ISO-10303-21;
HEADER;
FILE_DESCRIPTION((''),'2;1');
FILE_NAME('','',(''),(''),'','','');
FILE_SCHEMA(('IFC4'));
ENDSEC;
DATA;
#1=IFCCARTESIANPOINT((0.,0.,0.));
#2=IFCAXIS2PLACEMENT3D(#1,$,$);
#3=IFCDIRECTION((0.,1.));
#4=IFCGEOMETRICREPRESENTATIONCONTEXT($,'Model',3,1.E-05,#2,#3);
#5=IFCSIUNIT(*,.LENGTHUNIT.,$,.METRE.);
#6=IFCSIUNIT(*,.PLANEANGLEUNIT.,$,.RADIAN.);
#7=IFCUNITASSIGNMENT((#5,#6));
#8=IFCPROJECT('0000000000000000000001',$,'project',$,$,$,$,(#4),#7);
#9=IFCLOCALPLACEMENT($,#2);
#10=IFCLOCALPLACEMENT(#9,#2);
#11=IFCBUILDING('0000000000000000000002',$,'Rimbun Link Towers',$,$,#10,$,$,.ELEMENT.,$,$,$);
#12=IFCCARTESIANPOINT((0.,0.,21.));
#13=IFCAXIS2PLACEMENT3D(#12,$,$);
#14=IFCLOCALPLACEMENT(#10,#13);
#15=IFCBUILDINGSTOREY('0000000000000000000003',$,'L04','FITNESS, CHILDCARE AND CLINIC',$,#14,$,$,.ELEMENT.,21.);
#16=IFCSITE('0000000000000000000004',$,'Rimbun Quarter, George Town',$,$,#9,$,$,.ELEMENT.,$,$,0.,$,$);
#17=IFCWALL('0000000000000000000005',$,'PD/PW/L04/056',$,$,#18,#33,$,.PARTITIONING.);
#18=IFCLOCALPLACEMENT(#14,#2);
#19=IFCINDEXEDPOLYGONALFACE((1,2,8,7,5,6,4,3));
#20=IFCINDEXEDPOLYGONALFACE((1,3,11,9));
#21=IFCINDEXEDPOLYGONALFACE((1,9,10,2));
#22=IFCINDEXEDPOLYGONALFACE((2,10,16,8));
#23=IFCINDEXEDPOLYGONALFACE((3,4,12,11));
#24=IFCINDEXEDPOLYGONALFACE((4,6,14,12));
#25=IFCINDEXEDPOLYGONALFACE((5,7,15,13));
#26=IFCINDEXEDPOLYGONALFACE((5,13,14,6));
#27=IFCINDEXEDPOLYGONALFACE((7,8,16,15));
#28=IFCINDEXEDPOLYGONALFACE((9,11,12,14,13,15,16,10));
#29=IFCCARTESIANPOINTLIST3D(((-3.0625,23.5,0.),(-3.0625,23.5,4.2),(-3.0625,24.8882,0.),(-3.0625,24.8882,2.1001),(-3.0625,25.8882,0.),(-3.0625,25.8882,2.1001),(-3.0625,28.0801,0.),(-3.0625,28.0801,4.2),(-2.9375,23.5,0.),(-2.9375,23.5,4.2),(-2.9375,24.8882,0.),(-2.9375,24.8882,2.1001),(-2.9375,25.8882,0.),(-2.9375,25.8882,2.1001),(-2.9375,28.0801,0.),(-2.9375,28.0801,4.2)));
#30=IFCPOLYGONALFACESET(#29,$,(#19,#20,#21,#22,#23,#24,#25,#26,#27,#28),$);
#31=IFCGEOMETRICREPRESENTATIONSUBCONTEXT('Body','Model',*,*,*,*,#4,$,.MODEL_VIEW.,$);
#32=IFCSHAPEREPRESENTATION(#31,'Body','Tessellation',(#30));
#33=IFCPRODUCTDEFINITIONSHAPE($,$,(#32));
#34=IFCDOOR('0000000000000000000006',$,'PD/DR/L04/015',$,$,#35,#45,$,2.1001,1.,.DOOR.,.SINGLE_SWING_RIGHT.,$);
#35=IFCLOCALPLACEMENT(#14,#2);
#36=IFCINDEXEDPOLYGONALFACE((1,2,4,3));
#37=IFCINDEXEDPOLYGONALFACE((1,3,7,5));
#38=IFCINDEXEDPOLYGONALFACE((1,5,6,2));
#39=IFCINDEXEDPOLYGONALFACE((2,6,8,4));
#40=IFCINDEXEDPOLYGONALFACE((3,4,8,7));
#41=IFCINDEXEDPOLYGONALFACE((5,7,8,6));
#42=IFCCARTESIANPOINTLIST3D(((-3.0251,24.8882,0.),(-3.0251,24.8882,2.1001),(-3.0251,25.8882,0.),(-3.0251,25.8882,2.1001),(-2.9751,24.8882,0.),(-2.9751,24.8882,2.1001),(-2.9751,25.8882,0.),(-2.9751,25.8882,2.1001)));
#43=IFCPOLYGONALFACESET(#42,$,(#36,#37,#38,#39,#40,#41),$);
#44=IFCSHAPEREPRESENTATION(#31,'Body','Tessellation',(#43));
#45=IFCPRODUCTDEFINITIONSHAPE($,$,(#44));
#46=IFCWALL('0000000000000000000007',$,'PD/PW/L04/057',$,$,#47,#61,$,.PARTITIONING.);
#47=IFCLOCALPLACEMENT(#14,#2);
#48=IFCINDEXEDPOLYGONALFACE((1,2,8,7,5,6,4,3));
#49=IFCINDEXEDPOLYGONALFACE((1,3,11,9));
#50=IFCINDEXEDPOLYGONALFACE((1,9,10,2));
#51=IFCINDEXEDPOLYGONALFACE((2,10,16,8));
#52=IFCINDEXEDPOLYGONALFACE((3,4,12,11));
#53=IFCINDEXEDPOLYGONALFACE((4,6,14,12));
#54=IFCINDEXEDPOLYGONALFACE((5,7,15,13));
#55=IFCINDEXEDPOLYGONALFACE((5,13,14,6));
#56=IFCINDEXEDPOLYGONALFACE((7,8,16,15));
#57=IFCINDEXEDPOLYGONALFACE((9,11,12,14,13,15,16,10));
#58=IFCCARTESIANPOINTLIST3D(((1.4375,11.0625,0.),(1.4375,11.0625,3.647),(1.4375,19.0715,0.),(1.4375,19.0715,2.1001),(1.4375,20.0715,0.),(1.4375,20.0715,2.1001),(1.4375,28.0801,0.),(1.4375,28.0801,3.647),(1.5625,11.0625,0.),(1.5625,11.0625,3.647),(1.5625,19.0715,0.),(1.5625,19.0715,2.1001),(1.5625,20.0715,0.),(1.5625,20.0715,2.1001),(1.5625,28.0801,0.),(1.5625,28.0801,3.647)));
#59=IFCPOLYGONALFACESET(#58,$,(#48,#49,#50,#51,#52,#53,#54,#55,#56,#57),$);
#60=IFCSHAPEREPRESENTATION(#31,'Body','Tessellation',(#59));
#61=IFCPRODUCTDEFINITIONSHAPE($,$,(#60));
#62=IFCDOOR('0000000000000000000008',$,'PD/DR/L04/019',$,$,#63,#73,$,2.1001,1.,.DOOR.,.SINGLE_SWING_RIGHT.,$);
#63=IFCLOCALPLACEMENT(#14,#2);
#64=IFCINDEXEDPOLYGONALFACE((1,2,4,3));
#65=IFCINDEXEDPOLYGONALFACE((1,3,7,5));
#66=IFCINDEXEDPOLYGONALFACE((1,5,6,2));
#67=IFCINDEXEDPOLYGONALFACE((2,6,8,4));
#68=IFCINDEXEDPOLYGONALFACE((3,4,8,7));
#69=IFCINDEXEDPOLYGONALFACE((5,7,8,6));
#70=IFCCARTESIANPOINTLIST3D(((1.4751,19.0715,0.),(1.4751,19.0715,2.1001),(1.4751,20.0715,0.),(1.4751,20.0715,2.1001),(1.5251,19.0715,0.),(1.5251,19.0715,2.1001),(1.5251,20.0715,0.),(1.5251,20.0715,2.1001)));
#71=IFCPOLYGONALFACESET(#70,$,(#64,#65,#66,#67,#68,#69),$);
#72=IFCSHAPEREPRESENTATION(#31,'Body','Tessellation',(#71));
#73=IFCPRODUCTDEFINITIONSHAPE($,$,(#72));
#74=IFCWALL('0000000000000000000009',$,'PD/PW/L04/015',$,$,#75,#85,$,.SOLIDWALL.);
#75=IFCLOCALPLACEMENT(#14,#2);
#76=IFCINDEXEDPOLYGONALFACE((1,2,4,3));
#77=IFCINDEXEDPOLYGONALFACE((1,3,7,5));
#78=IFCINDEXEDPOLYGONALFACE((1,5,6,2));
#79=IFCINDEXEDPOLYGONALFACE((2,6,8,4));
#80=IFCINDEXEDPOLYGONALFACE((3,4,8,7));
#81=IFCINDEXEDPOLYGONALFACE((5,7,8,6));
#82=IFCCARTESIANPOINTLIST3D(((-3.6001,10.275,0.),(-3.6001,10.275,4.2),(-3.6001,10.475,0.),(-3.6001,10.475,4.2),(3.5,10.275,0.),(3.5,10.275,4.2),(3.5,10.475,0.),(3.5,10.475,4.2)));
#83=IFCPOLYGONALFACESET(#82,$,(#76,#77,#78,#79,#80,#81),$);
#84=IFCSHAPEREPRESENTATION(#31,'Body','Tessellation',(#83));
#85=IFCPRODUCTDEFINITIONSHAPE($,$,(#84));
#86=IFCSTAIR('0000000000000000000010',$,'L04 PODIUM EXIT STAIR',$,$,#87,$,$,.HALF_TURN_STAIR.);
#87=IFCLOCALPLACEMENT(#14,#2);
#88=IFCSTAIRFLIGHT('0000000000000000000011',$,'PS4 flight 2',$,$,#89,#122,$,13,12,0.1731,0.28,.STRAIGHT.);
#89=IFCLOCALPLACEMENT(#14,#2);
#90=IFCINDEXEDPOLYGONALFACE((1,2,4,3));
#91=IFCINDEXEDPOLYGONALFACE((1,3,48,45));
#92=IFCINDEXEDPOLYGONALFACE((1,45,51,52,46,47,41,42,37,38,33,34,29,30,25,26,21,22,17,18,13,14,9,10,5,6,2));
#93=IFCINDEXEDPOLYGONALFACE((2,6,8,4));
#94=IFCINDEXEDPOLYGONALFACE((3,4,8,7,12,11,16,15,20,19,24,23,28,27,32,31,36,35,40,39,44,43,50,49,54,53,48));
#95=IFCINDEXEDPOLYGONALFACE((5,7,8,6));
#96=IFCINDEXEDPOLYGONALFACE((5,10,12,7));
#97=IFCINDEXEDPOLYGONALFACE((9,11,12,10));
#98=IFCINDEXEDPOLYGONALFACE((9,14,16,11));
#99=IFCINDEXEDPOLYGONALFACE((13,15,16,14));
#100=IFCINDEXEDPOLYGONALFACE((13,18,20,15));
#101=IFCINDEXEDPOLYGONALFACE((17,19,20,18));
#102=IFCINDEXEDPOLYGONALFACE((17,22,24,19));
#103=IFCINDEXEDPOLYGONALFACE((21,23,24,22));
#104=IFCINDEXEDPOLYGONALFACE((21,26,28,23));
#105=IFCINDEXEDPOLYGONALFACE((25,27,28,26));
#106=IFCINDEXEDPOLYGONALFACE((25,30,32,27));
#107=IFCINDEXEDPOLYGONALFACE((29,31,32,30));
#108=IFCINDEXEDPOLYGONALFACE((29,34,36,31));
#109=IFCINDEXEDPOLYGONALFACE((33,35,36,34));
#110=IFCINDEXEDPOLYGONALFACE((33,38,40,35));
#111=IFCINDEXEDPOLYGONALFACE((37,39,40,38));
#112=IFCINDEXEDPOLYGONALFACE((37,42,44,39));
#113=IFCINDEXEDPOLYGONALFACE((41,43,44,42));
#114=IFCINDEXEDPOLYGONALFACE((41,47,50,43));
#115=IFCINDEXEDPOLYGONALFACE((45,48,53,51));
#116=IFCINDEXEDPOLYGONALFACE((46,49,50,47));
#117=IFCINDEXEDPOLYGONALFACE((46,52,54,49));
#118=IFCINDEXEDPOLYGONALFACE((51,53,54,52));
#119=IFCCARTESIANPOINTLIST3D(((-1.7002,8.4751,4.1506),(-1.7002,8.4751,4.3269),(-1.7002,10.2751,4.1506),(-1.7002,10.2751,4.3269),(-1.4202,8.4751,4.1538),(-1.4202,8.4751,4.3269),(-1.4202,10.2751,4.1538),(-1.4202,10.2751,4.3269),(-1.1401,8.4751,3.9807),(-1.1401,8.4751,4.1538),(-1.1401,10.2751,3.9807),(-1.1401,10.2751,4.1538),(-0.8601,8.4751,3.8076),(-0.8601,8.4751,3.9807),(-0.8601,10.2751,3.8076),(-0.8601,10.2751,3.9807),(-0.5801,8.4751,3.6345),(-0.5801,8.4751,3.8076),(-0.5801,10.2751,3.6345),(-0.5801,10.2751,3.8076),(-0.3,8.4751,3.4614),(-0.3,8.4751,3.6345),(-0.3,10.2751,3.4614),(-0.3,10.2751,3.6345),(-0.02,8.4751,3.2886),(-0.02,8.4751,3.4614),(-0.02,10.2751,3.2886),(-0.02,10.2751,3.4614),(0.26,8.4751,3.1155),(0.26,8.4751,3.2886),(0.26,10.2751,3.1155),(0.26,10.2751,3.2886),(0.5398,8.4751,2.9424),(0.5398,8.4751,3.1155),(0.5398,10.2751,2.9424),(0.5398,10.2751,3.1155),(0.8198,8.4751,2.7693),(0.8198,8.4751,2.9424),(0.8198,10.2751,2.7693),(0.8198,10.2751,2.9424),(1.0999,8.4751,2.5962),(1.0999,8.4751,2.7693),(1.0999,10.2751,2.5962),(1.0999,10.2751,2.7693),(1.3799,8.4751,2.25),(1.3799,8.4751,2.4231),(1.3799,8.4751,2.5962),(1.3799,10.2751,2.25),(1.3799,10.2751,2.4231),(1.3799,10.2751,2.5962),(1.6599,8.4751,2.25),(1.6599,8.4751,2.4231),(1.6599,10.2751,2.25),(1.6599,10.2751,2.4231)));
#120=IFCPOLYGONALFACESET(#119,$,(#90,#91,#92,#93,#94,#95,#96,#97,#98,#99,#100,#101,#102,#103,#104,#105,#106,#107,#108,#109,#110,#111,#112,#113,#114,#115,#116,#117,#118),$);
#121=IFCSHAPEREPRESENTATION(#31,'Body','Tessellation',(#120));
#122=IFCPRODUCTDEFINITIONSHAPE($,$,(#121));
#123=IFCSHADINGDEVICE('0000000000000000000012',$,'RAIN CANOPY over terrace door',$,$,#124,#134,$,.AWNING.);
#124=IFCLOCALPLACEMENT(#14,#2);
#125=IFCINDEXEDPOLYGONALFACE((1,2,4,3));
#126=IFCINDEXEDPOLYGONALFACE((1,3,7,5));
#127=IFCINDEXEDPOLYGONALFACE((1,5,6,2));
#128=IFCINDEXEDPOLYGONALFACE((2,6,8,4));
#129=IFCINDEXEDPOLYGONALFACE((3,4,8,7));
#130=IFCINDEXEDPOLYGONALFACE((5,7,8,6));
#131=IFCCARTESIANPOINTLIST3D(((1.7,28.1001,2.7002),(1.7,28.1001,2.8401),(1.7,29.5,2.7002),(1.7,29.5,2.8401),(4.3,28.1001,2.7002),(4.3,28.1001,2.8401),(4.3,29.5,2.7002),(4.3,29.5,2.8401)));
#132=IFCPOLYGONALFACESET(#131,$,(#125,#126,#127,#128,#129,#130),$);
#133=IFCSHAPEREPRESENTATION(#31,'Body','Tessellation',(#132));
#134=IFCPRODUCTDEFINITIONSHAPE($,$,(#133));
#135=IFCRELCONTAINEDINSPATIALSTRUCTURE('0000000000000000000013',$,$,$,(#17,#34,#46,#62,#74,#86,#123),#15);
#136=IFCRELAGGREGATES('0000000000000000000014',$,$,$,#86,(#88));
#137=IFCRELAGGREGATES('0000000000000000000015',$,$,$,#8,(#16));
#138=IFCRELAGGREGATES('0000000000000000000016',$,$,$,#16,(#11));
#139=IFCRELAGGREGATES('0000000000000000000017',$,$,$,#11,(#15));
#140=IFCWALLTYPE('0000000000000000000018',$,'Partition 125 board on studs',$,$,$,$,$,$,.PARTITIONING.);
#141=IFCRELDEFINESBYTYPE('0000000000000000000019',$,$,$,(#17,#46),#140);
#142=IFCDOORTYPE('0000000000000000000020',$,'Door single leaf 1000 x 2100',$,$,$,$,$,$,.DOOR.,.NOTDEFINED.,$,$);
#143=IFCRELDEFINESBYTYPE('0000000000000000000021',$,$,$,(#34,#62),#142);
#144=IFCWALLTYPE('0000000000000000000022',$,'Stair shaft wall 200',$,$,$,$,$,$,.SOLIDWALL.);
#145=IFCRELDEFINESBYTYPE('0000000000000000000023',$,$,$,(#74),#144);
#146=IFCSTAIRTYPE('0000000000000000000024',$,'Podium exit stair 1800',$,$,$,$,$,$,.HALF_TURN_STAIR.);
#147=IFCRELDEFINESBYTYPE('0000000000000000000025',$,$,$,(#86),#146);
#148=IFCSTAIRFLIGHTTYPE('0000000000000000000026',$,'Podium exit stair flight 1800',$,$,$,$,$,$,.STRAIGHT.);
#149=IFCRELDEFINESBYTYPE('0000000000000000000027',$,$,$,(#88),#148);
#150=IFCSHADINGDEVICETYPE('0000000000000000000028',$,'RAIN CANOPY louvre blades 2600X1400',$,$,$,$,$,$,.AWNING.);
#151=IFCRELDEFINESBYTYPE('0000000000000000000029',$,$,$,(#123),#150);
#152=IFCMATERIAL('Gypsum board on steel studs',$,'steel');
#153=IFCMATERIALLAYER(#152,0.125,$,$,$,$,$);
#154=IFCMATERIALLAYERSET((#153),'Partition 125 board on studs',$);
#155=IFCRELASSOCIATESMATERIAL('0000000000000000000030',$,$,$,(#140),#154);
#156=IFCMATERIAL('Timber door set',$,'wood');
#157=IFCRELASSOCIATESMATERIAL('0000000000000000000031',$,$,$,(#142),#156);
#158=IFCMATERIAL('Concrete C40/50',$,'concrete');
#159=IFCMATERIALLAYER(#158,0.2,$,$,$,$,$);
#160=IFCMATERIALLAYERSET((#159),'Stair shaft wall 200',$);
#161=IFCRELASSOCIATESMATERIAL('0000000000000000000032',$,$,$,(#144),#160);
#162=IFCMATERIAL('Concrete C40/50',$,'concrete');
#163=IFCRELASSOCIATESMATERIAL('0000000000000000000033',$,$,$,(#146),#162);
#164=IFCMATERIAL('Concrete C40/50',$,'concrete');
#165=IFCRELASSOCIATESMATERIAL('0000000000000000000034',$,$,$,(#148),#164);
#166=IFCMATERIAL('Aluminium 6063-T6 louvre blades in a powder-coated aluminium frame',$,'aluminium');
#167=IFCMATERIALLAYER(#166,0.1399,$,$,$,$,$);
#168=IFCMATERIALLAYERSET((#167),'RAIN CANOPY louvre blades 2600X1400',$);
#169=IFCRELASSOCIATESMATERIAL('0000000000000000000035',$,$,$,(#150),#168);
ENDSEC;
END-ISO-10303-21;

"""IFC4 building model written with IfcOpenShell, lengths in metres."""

from ifc_helpers import new_model, si_unit, direction, frame, frame_2d, origin, origin_2d, place, context, subcontext, project, spatial, polyline, rectangle, outline, extrude, material, layer, layer_set, type_object, element, fill, aggregate, save


model = new_model("IFC4")

# Units and contexts
model_context = context("Model", 3, precision=1e-05, world=origin(), true_north=direction((0.0, 1.0)))
body_context = subcontext(model_context, "Body", "Model", "MODEL_VIEW")
ifc_project = project(units=[si_unit("LENGTHUNIT", "METRE"), si_unit("PLANEANGLEUNIT", "RADIAN")], contexts=[model_context])

# Site, building, storey
site_placement = place(None, origin())
site = spatial("IfcSite", under=ifc_project, at=site_placement, Name="Rimbun Quarter, George Town", CompositionType="ELEMENT", RefElevation=0.0)
building_placement = place(site_placement, origin())
building = spatial("IfcBuilding", under=site, at=building_placement, Name="Rimbun Link Towers", CompositionType="ELEMENT")
storey_placement = place(building_placement, frame((0.0, 0.0, 21.0)))
storey = spatial("IfcBuildingStorey", under=building, at=storey_placement, Name="L04", Description="FITNESS, CHILDCARE AND CLINIC", CompositionType="ELEMENT", Elevation=21.0)

# Shared definitions
ifc_material_1 = material(Name="Gypsum board on steel studs", Category="steel")
ifc_layer_1 = layer(ifc_material_1, 0.125)
ifc_layer_set_1 = layer_set([ifc_layer_1], Name="Partition 125 board on studs")
wall_type_1 = type_object("IfcWallType", Name="Partition 125 board on studs", PredefinedType="PARTITIONING", material=ifc_layer_set_1)

# Walls, openings, doors
ifc_material_2 = material(Name="Timber door set", Category="wood")
door_type_1 = type_object("IfcDoorType", Name="Door single leaf 1000 x 2100", OperationType="NOTDEFINED", PredefinedType="DOOR", material=ifc_material_2)
wall_1_placement = place(storey_placement, frame((-3.0, 28.0801, 0.0), z_axis=(0.0, 0.0, 1.0), x_axis=(0.0, -1.0, 0.0)))
wall_1 = element("IfcWall", 1, at=wall_1_placement, inside=storey, type_object=wall_type_1, Name="PD/PW/L04/056", PredefinedType="PARTITIONING", context=body_context, shape_type="SweptSolid", body=[
    extrude(rectangle(XDim=4.5801, YDim=0.125, at=frame_2d((2.29, 0.0))), origin(), (0.0, 0.0, 1.0), 4.2),
])
opening_1_placement = place(wall_1_placement, frame((2.1919, 0.0, 0.0)))
opening_1 = element("IfcOpeningElement", 2, at=opening_1_placement, cuts=wall_1, PredefinedType="OPENING", context=body_context, shape_type="SweptSolid", body=[
    extrude(rectangle(XDim=1.0, YDim=2.1001, at=frame_2d((0.5, 1.05))), frame((0.0, 0.0725, 0.0), z_axis=(0.0, -1.0, 0.0), x_axis=(1.0, 0.0, 0.0)), (0.0, 0.0, 1.0), 0.145),
])
door_1_placement = place(opening_1_placement, origin())
door_1 = element("IfcDoor", 3, at=door_1_placement, inside=storey, type_object=door_type_1, Name="PD/DR/L04/015", OperationType="SINGLE_SWING_RIGHT", OverallHeight=2.1001, OverallWidth=1.0, PredefinedType="DOOR", context=body_context, shape_type="SweptSolid", body=[
    extrude(rectangle(XDim=1.0, YDim=2.1001, at=frame_2d((0.5, 1.05))), frame((0.0, 0.0249, 0.0), z_axis=(0.0, -1.0, 0.0), x_axis=(1.0, 0.0, 0.0)), (0.0, 0.0, 1.0), 0.05),
])
fill(opening_1, door_1)
wall_2_placement = place(storey_placement, frame((1.5, 11.0625, 0.0), z_axis=(0.0, 0.0, 1.0), x_axis=(0.0, 1.0, 0.0)))
wall_2 = element("IfcWall", 4, at=wall_2_placement, inside=storey, type_object=wall_type_1, Name="PD/PW/L04/057", PredefinedType="PARTITIONING", context=body_context, shape_type="SweptSolid", body=[
    extrude(rectangle(XDim=17.0176, YDim=0.125, at=frame_2d((8.5088, 0.0))), origin(), (0.0, 0.0, 1.0), 3.647),
])
opening_2_placement = place(wall_2_placement, frame((8.009, 0.0, 0.0)))
opening_2 = element("IfcOpeningElement", 5, at=opening_2_placement, cuts=wall_2, PredefinedType="OPENING", context=body_context, shape_type="SweptSolid", body=[
    extrude(rectangle(XDim=1.0, YDim=2.1001, at=frame_2d((0.5, 1.05))), frame((0.0, 0.0725, 0.0), z_axis=(0.0, -1.0, 0.0), x_axis=(1.0, 0.0, 0.0)), (0.0, 0.0, 1.0), 0.145),
])
door_2_placement = place(opening_2_placement, origin())
door_2 = element("IfcDoor", 6, at=door_2_placement, inside=storey, type_object=door_type_1, Name="PD/DR/L04/019", OperationType="SINGLE_SWING_RIGHT", OverallHeight=2.1001, OverallWidth=1.0, PredefinedType="DOOR", context=body_context, shape_type="SweptSolid", body=[
    extrude(rectangle(XDim=1.0, YDim=2.1001, at=frame_2d((0.5, 1.05))), frame((0.0, 0.0249, 0.0), z_axis=(0.0, -1.0, 0.0), x_axis=(1.0, 0.0, 0.0)), (0.0, 0.0, 1.0), 0.05),
])
fill(opening_2, door_2)

# Wall
ifc_material_3 = material(Name="Concrete C40/50", Category="concrete")
ifc_layer_2 = layer(ifc_material_3, 0.2)
ifc_layer_set_2 = layer_set([ifc_layer_2], Name="Stair shaft wall 200")
wall_type_2 = type_object("IfcWallType", Name="Stair shaft wall 200", PredefinedType="SOLIDWALL", material=ifc_layer_set_2)
wall_3_placement = place(storey_placement, frame((3.5, 10.375, 0.0), z_axis=(0.0, 0.0, 1.0), x_axis=(-1.0, 0.0, 0.0)))
element("IfcWall", 7, at=wall_3_placement, inside=storey, type_object=wall_type_2, Name="PD/PW/L04/015", PredefinedType="SOLIDWALL", context=body_context, shape_type="SweptSolid", body=[
    extrude(rectangle(XDim=7.1001, YDim=0.2, at=frame_2d((3.55, 0.0))), origin(), (0.0, 0.0, 1.0), 4.2),
])

# Stair, stair flight
ifc_material_4 = material(Name="Concrete C40/50", Category="concrete")
stair_type = type_object("IfcStairType", Name="Podium exit stair 1800", PredefinedType="HALF_TURN_STAIR", material=ifc_material_4)
stair_placement = place(storey_placement, origin())
stair = element("IfcStair", 8, at=stair_placement, inside=storey, type_object=stair_type, Name="L04 PODIUM EXIT STAIR", PredefinedType="HALF_TURN_STAIR")
ifc_material_5 = material(Name="Concrete C40/50", Category="concrete")
stair_flight_type = type_object("IfcStairFlightType", Name="Podium exit stair flight 1800", PredefinedType="STRAIGHT", material=ifc_material_5)
stair_flight_placement = place(storey_placement, frame((1.6599, 9.375, 2.25), z_axis=(0.0, 0.0, 1.0), x_axis=(-1.0, 0.0, 0.0)))
stair_flight = element("IfcStairFlight", 9, at=stair_flight_placement, type_object=stair_flight_type, Name="PS4 flight 2", NumberOfRisers=13, NumberOfTreads=12, PredefinedType="STRAIGHT", RiserHeight=0.1731, TreadLength=0.28, context=body_context, shape_type="SweptSolid", body=[
    extrude(outline(polyline([(0.0, 0.0), (0.0, 0.1731), (0.28, 0.1731), (0.28, 0.3462), (0.5601, 0.3462), (0.5601, 0.5193), (0.8401, 0.5193), (0.8401, 0.6924), (1.1201, 0.6924), (1.1201, 0.8655), (1.3999, 0.8655), (1.3999, 1.0386), (1.6799, 1.0386), (1.6799, 1.2114), (1.96, 1.2114), (1.96, 1.3845), (2.24, 1.3845), (2.24, 1.5576), (2.52, 1.5576), (2.52, 1.7307), (2.8, 1.7307), (2.8, 1.9038), (3.0801, 1.9038), (3.0801, 2.0769), (3.3601, 2.0769), (3.3601, 2.25), (3.3601, 1.9006), (0.28, 0.0), (0.0, 0.0)])), frame((0.0, 0.8999, 0.0), z_axis=(0.0, -1.0, 0.0), x_axis=(1.0, 0.0, 0.0)), (0.0, 0.0, 1.0), 1.8),
])
aggregate(stair, [stair_flight])

# Shading device
ifc_material_6 = material(Name="Aluminium 6063-T6 louvre blades in a powder-coated aluminium frame", Category="aluminium")
ifc_layer_3 = layer(ifc_material_6, 0.1399)
ifc_layer_set_3 = layer_set([ifc_layer_3], Name="RAIN CANOPY louvre blades 2600X1400")
shading_device_type = type_object("IfcShadingDeviceType", Name="RAIN CANOPY louvre blades 2600X1400", PredefinedType="AWNING", material=ifc_layer_set_3)
shading_device_placement = place(storey_placement, frame((3.0, 28.8, 2.7002), z_axis=(0.0, 0.0, 1.0), x_axis=(1.0, 0.0, 0.0)))
element("IfcShadingDevice", 10, at=shading_device_placement, inside=storey, type_object=shading_device_type, Name="RAIN CANOPY over terrace door", PredefinedType="AWNING", context=body_context, shape_type="SweptSolid", body=[
    extrude(rectangle(XDim=2.6001, YDim=1.3999, at=origin_2d()), origin(), (0.0, 0.0, 1.0), 0.1399),
])

save(model, "model.ifc")
